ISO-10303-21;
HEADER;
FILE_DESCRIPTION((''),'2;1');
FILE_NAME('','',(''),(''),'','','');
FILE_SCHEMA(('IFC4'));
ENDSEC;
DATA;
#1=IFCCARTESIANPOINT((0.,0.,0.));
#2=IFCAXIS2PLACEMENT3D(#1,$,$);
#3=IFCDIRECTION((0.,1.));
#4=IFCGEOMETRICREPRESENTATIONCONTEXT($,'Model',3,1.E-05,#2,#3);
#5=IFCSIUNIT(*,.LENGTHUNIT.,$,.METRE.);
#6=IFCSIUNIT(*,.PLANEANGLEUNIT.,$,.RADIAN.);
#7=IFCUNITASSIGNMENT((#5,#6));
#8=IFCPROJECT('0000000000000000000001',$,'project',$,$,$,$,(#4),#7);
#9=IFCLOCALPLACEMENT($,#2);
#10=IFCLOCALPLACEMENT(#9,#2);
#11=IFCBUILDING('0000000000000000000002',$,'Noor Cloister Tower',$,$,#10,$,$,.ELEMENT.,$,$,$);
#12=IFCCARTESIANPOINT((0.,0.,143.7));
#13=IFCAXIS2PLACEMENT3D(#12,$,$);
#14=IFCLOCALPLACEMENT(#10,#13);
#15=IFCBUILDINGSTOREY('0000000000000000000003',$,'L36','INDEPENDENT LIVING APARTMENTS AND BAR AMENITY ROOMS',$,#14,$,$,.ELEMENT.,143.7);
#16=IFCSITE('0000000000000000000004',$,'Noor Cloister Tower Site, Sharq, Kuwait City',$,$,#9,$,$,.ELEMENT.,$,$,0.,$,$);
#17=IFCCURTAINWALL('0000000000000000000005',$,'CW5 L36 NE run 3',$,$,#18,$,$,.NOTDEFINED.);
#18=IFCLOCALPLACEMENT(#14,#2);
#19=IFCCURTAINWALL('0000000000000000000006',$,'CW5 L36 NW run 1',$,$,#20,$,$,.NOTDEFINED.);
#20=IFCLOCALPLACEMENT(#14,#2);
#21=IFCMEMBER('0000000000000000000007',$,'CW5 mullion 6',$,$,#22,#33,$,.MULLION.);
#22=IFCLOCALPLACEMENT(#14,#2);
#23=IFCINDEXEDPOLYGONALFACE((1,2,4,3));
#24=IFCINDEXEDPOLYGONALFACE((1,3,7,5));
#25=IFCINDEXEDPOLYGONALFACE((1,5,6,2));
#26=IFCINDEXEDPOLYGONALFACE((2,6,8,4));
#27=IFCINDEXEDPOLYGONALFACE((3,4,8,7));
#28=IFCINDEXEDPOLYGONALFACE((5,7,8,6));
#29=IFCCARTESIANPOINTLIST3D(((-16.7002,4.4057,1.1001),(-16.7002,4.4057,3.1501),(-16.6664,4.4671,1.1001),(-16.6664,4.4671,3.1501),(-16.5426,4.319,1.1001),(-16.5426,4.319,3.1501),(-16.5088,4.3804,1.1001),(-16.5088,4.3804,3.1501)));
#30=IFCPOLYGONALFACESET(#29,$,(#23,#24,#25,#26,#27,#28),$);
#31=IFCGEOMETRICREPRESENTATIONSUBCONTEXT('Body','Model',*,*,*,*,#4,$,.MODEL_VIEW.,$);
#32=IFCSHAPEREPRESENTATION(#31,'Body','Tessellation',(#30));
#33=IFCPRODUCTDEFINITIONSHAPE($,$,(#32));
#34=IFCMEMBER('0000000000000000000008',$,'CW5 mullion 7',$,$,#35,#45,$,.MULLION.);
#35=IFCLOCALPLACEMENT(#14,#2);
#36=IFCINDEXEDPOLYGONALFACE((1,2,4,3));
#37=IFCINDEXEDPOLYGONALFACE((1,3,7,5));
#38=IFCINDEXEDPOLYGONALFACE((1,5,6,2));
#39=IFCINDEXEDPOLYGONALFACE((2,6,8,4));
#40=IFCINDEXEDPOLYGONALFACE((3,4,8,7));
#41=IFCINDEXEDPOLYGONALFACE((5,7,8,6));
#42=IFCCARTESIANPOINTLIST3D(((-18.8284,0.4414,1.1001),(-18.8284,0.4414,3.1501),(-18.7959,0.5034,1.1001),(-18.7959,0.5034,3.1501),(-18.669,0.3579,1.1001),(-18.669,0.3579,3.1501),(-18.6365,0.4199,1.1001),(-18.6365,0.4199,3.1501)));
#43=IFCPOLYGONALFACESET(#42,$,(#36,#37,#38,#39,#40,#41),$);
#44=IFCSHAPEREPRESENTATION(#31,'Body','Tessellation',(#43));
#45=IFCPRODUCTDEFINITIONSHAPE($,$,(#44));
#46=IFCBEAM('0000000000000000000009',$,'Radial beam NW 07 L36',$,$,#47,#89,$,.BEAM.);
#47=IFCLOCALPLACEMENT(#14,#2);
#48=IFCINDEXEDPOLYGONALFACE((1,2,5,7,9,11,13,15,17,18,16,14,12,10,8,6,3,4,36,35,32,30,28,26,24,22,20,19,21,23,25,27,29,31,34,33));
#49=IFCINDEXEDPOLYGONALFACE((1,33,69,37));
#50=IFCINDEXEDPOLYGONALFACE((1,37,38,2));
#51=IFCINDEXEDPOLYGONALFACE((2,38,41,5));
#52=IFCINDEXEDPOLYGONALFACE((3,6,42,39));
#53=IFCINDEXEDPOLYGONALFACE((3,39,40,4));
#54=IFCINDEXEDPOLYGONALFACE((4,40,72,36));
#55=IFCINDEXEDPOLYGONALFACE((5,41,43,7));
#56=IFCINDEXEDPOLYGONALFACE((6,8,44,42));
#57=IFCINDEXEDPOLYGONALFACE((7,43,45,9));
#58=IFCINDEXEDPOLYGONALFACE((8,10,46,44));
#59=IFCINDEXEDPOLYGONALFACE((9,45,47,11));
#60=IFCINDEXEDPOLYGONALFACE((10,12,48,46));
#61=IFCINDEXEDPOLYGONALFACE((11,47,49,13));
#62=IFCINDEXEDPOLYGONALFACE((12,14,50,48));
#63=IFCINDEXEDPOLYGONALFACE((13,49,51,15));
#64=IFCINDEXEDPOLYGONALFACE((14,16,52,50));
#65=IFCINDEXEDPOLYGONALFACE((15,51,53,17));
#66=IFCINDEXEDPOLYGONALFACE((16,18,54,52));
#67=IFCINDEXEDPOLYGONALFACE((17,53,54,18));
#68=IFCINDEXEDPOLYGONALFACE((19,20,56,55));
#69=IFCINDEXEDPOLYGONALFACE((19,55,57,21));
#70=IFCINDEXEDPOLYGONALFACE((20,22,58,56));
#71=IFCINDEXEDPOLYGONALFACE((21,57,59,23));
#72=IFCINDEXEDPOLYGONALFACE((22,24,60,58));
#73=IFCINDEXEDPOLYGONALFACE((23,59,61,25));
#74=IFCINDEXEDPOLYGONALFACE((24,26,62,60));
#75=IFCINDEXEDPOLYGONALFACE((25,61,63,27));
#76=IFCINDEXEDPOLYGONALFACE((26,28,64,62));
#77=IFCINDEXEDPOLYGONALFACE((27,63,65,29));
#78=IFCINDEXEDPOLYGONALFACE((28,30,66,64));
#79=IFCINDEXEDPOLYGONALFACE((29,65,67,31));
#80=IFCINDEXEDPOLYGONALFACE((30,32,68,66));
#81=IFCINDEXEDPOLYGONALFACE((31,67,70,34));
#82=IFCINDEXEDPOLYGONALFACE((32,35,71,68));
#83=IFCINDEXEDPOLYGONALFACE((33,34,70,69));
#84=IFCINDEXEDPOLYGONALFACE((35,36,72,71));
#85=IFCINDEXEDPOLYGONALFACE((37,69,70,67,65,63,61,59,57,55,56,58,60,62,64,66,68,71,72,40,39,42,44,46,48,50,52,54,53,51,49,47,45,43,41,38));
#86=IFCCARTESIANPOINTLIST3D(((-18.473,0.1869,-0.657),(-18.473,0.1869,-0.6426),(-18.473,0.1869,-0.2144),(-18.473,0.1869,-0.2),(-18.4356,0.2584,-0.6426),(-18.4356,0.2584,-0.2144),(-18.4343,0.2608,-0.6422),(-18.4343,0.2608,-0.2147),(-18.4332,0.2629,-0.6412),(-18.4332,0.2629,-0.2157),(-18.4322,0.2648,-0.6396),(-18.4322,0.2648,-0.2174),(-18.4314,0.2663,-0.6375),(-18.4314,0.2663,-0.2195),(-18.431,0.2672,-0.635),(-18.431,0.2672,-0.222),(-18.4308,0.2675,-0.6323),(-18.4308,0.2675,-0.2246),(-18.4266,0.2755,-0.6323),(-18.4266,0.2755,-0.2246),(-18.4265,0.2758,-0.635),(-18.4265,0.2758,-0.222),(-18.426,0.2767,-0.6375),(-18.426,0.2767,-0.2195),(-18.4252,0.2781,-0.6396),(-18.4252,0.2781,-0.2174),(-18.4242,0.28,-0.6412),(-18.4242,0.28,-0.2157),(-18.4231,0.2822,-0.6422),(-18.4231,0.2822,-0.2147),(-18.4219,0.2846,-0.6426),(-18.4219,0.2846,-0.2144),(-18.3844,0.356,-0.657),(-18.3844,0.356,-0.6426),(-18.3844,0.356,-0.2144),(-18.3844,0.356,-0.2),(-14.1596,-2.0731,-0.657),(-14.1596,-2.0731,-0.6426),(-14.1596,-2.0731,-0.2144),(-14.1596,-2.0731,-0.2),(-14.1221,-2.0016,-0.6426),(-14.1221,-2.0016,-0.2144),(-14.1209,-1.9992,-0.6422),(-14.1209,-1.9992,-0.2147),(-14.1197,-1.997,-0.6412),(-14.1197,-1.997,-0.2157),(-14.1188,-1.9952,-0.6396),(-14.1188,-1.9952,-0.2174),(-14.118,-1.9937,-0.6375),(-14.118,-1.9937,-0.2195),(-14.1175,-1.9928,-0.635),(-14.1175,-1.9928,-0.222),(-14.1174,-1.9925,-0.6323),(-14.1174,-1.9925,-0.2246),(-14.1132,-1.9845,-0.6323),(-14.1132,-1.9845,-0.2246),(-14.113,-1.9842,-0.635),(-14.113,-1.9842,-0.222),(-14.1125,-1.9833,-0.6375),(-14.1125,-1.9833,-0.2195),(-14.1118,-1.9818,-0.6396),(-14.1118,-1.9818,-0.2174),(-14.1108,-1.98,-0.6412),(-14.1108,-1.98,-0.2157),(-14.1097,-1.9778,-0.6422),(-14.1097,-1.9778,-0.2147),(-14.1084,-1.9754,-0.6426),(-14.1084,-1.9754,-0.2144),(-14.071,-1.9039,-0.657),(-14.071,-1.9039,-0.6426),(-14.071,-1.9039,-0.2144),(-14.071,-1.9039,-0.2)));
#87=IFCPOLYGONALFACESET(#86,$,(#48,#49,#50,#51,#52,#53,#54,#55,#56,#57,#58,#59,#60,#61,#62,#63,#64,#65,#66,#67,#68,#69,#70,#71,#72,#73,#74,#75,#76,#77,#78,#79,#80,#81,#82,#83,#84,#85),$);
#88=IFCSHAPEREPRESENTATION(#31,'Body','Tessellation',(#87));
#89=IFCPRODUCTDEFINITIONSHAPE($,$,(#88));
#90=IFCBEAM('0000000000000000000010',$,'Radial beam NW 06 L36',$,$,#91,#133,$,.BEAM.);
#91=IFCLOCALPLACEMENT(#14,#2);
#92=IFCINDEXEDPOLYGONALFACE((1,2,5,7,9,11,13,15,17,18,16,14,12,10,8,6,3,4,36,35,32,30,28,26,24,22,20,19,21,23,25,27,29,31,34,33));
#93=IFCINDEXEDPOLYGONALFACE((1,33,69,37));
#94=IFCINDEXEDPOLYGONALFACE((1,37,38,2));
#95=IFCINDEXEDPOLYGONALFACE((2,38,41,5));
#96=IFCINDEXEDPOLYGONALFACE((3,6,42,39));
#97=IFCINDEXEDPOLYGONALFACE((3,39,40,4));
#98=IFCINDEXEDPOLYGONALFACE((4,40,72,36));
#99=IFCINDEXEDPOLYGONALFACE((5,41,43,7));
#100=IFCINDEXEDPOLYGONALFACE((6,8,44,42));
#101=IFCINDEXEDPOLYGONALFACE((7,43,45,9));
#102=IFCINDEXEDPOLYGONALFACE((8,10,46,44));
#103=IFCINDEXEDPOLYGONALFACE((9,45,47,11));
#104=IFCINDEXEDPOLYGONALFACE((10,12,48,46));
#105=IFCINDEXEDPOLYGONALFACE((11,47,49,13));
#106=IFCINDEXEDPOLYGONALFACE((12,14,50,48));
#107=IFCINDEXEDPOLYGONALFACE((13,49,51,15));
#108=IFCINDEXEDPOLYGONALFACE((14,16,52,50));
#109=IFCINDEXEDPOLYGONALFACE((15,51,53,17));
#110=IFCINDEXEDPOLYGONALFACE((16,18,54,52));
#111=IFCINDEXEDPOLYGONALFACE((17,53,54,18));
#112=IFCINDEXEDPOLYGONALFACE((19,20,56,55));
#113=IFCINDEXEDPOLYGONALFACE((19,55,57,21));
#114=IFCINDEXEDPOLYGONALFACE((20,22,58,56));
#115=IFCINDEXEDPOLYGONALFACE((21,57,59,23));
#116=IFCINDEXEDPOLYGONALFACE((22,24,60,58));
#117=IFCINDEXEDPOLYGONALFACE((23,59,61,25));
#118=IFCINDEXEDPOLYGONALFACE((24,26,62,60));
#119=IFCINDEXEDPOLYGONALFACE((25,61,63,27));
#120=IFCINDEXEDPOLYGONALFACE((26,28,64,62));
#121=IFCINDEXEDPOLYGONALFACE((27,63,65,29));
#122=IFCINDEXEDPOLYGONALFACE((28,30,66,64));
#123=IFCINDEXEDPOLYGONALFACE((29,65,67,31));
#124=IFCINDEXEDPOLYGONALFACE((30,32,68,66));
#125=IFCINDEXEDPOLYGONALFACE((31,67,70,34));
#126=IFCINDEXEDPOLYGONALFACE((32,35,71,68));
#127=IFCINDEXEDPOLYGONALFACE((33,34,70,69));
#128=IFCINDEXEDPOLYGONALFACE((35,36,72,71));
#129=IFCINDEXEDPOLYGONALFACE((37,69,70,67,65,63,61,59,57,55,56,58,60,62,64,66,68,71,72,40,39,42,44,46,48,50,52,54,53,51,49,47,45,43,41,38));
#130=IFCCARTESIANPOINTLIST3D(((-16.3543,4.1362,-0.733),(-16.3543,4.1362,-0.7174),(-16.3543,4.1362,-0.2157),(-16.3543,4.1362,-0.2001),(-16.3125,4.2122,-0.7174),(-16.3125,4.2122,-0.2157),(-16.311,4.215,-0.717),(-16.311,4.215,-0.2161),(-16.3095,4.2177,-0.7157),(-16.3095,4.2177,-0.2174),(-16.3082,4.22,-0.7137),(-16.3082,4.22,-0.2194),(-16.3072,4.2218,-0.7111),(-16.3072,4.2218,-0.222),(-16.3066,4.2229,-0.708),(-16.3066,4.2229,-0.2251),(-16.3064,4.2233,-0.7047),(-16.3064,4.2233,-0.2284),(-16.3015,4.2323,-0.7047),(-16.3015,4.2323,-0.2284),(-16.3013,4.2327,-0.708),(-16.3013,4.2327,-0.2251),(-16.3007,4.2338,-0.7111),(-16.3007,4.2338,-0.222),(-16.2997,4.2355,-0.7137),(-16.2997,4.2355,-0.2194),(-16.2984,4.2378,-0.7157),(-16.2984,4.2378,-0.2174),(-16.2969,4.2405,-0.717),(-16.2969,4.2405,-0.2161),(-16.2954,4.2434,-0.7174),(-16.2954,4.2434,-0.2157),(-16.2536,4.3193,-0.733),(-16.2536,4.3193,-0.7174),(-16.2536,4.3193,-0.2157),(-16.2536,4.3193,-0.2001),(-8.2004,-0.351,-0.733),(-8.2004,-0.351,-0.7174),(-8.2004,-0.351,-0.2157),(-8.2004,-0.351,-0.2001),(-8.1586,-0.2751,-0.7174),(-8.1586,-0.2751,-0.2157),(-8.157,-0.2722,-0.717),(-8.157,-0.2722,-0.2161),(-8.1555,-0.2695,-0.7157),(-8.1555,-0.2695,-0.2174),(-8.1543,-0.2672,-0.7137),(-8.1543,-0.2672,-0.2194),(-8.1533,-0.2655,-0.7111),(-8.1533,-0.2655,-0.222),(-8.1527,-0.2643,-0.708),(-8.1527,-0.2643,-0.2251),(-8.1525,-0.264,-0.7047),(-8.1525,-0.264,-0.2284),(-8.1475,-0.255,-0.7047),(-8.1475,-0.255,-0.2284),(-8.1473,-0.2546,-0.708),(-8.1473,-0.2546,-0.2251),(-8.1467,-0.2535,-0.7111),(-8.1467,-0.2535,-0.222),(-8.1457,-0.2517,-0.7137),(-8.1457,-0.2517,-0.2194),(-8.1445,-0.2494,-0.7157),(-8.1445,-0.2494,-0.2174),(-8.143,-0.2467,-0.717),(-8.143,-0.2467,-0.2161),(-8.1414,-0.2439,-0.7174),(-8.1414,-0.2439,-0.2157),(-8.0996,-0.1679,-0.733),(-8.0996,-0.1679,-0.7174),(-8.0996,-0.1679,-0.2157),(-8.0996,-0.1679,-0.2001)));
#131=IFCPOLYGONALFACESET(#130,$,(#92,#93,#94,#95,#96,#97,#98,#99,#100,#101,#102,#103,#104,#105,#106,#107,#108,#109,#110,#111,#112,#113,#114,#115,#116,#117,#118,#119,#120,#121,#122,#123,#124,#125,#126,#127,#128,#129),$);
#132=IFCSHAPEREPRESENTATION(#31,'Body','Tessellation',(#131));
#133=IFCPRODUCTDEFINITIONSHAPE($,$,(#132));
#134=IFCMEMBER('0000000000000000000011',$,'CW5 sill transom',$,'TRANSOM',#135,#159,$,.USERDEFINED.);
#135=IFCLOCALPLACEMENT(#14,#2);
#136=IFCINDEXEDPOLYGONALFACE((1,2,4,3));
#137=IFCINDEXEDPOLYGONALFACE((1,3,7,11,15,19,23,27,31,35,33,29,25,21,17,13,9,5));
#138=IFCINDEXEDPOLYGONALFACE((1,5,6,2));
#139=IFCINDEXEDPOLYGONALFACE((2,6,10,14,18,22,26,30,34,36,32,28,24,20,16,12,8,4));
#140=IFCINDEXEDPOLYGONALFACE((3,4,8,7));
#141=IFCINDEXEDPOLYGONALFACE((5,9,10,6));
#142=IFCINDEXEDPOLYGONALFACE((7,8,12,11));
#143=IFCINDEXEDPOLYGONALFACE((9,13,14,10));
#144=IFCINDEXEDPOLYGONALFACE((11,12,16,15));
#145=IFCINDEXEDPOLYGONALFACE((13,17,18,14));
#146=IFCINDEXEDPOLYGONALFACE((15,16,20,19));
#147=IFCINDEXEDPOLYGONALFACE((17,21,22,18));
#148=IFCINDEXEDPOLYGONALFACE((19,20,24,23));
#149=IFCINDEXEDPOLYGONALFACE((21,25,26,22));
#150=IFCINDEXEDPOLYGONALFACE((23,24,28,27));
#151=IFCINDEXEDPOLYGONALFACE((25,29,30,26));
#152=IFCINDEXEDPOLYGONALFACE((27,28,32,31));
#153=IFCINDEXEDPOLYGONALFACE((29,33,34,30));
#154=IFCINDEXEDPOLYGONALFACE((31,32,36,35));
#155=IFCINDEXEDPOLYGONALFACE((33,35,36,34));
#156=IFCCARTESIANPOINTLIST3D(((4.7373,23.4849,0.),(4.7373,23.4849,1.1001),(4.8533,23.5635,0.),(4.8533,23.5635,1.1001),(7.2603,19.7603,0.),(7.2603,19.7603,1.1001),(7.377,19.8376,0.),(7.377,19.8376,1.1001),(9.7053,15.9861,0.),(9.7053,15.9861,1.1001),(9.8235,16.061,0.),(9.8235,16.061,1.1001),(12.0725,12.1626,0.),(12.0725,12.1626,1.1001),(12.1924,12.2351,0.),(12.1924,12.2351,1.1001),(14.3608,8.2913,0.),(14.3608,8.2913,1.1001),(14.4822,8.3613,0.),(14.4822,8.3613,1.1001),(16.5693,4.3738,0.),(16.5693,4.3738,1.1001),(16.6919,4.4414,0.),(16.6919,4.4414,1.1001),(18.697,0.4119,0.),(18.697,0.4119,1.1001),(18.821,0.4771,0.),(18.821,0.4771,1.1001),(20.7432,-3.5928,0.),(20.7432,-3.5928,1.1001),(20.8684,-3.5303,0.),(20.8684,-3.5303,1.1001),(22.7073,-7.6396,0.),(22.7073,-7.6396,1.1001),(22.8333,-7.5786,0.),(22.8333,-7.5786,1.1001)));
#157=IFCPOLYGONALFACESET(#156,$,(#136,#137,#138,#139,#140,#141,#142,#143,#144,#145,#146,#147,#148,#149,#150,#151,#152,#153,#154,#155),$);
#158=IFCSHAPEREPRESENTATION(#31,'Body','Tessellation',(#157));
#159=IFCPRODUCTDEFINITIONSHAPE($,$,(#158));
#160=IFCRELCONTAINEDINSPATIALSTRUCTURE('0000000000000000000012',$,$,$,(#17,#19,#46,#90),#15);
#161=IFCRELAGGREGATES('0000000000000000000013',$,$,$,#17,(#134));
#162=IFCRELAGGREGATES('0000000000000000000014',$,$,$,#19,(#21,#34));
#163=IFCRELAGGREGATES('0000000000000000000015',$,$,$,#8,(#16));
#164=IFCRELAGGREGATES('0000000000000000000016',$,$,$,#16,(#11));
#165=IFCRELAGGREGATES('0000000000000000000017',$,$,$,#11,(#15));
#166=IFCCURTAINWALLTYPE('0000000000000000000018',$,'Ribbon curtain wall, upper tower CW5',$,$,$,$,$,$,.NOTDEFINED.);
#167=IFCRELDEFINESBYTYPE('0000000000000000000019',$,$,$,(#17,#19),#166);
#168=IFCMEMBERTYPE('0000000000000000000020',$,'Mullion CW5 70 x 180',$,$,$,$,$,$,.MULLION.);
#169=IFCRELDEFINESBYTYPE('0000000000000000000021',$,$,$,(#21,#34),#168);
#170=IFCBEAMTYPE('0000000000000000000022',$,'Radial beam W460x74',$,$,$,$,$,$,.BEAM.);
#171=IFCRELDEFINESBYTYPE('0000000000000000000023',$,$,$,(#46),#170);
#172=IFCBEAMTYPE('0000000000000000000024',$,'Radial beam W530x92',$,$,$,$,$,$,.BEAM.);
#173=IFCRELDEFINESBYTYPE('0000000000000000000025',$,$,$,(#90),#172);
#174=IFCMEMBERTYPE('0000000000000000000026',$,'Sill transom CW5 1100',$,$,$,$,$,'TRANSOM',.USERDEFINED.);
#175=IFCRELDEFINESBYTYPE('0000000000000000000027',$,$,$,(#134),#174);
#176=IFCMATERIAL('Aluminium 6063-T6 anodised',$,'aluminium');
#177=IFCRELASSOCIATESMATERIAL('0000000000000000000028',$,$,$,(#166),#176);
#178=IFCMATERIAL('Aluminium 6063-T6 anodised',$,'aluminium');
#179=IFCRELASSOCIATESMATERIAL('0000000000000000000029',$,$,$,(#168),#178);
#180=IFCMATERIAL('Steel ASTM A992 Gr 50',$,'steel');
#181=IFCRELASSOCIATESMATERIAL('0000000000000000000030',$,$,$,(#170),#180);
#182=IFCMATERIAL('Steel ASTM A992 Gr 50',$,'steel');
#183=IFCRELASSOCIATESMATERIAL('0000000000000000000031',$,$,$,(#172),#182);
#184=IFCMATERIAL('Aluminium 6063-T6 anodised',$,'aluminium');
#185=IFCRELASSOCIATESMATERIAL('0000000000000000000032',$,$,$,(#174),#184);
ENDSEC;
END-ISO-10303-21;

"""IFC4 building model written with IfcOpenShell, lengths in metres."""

from ifc_helpers import new_model, si_unit, direction, frame, origin, origin_2d, place, context, subcontext, project, spatial, polyline, rectangle, i_section, outline, extrude, material, material_profile, profile_set, type_object, element, aggregate, save


model = new_model("IFC4")

# Units and contexts
model_context = context("Model", 3, precision=1e-05, world=origin(), true_north=direction((0.0, 1.0)))
body_context = subcontext(model_context, "Body", "Model", "MODEL_VIEW")
ifc_project = project(units=[si_unit("LENGTHUNIT", "METRE"), si_unit("PLANEANGLEUNIT", "RADIAN")], contexts=[model_context])

# Site, building, storey
site_placement = place(None, origin())
site = spatial("IfcSite", under=ifc_project, at=site_placement, Name="Noor Cloister Tower Site, Sharq, Kuwait City", CompositionType="ELEMENT", RefElevation=0.0)
building_placement = place(site_placement, origin())
building = spatial("IfcBuilding", under=site, at=building_placement, Name="Noor Cloister Tower", CompositionType="ELEMENT")
storey_placement = place(building_placement, frame((0.0, 0.0, 143.7)))
storey = spatial("IfcBuildingStorey", under=building, at=storey_placement, Name="L36", Description="INDEPENDENT LIVING APARTMENTS AND BAR AMENITY ROOMS", CompositionType="ELEMENT", Elevation=143.7)

# Curtain wall
ifc_material_1 = material(Name="Aluminium 6063-T6 anodised", Category="aluminium")
curtain_wall_type = type_object("IfcCurtainWallType", Name="Ribbon curtain wall, upper tower CW5", PredefinedType="NOTDEFINED", material=ifc_material_1)
curtain_wall_1_placement = place(storey_placement, origin())
curtain_wall_1 = element("IfcCurtainWall", 1, at=curtain_wall_1_placement, inside=storey, type_object=curtain_wall_type, Name="CW5 L36 NE run 3", PredefinedType="NOTDEFINED")

# Curtain wall, members
curtain_wall_2_placement = place(storey_placement, origin())
curtain_wall_2 = element("IfcCurtainWall", 2, at=curtain_wall_2_placement, inside=storey, type_object=curtain_wall_type, Name="CW5 L36 NW run 1", PredefinedType="NOTDEFINED")
ifc_material_2 = material(Name="Aluminium 6063-T6 anodised", Category="aluminium")
ifc_material_profile_1 = material_profile(ifc_material_2, rectangle(XDim=0.1799, YDim=0.0701, at=origin_2d()), Name="180 x 70 mullion")
ifc_profile_set_1 = profile_set([ifc_material_profile_1], Name="Aluminium 6063-T6 anodised")
member_type_1 = type_object("IfcMemberType", Name="Mullion CW5 70 x 180", PredefinedType="MULLION", material=ifc_profile_set_1)
member_1_placement = place(storey_placement, frame((-16.6045, 4.3931, 1.1001), z_axis=(0.0, 0.0, 1.0), x_axis=(0.876094, -0.48214, 0.0)))
member_1 = element("IfcMember", 3, at=member_1_placement, type_object=member_type_1, Name="CW5 mullion 6", PredefinedType="MULLION", context=body_context, shape_type="SweptSolid", body=[
    extrude(rectangle(XDim=0.1799, YDim=0.0701, at=origin_2d()), origin(), (0.0, 0.0, 1.0), 2.05),
])
member_2_placement = place(storey_placement, frame((-18.7324, 0.4307, 1.1001), z_axis=(0.0, 0.0, 1.0), x_axis=(0.885795, -0.464077, 0.0)))
member_2 = element("IfcMember", 4, at=member_2_placement, type_object=member_type_1, Name="CW5 mullion 7", PredefinedType="MULLION", context=body_context, shape_type="SweptSolid", body=[
    extrude(rectangle(XDim=0.1799, YDim=0.0701, at=origin_2d()), origin(), (0.0, 0.0, 1.0), 2.05),
])

# Beams
ifc_material_3 = material(Name="Steel ASTM A992 Gr 50", Category="steel")
ifc_material_profile_2 = material_profile(ifc_material_3, i_section(OverallWidth=0.1909, OverallDepth=0.457, WebThickness=0.009, FlangeThickness=0.0144, FilletRadius=0.0103, at=origin_2d()), Name="W460x74")
ifc_profile_set_2 = profile_set([ifc_material_profile_2], Name="Steel ASTM A992 Gr 50")
beam_type_1 = type_object("IfcBeamType", Name="Radial beam W460x74", PredefinedType="BEAM", material=ifc_profile_set_2)
beam_1_placement = place(storey_placement, frame((-18.4287, 0.2715, -0.4285), z_axis=(0.885783, -0.464099, 0.0), x_axis=(0.464099, 0.885783, 0.0)))
element("IfcBeam", 5, at=beam_1_placement, inside=storey, type_object=beam_type_1, Name="Radial beam NW 07 L36", PredefinedType="BEAM", context=body_context, shape_type="SweptSolid", body=[
    extrude(i_section(OverallWidth=0.1909, OverallDepth=0.457, WebThickness=0.009, FlangeThickness=0.0144, FilletRadius=0.0103, at=origin_2d()), origin(), (0.0, 0.0, 1.0), 4.8696),
])
ifc_material_4 = material(Name="Steel ASTM A992 Gr 50", Category="steel")
ifc_material_profile_3 = material_profile(ifc_material_4, i_section(OverallWidth=0.209, OverallDepth=0.533, WebThickness=0.0103, FlangeThickness=0.0156, FilletRadius=0.0127, at=origin_2d()), Name="W530x92")
ifc_profile_set_3 = profile_set([ifc_material_profile_3], Name="Steel ASTM A992 Gr 50")
beam_type_2 = type_object("IfcBeamType", Name="Radial beam W530x92", PredefinedType="BEAM", material=ifc_profile_set_3)
beam_2_placement = place(storey_placement, frame((-16.304, 4.2278, -0.4666), z_axis=(0.876099, -0.482131, 0.0), x_axis=(0.482131, 0.876099, 0.0)))
element("IfcBeam", 6, at=beam_2_placement, inside=storey, type_object=beam_type_2, Name="Radial beam NW 06 L36", PredefinedType="BEAM", context=body_context, shape_type="SweptSolid", body=[
    extrude(i_section(OverallWidth=0.209, OverallDepth=0.533, WebThickness=0.0103, FlangeThickness=0.0156, FilletRadius=0.0127, at=origin_2d()), origin(), (0.0, 0.0, 1.0), 9.3071),
])

# Member
ifc_material_5 = material(Name="Aluminium 6063-T6 anodised", Category="aluminium")
member_type_2 = type_object("IfcMemberType", Name="Sill transom CW5 1100", ElementType="TRANSOM", PredefinedType="USERDEFINED", material=ifc_material_5)
member_3_placement = place(storey_placement, origin())
member_3 = element("IfcMember", 7, at=member_3_placement, type_object=member_type_2, Name="CW5 sill transom", ObjectType="TRANSOM", PredefinedType="USERDEFINED", context=body_context, shape_type="SweptSolid", body=[
    extrude(outline(polyline([(22.8333, -7.5786), (20.8684, -3.5303), (18.821, 0.4771), (16.6919, 4.4414), (14.4822, 8.3613), (12.1924, 12.2351), (9.8235, 16.061), (7.377, 19.8376), (4.8533, 23.5635), (4.7373, 23.4849), (7.2603, 19.7603), (9.7053, 15.9861), (12.0725, 12.1626), (14.3608, 8.2913), (16.5693, 4.3738), (18.697, 0.4119), (20.7432, -3.5928), (22.7073, -7.6396), (22.8333, -7.5786)])), origin(), (0.0, 0.0, 1.0), 1.1001),
])
aggregate(curtain_wall_1, [member_3])

aggregate(curtain_wall_2, [member_1, member_2])

save(model, "model.ifc")
